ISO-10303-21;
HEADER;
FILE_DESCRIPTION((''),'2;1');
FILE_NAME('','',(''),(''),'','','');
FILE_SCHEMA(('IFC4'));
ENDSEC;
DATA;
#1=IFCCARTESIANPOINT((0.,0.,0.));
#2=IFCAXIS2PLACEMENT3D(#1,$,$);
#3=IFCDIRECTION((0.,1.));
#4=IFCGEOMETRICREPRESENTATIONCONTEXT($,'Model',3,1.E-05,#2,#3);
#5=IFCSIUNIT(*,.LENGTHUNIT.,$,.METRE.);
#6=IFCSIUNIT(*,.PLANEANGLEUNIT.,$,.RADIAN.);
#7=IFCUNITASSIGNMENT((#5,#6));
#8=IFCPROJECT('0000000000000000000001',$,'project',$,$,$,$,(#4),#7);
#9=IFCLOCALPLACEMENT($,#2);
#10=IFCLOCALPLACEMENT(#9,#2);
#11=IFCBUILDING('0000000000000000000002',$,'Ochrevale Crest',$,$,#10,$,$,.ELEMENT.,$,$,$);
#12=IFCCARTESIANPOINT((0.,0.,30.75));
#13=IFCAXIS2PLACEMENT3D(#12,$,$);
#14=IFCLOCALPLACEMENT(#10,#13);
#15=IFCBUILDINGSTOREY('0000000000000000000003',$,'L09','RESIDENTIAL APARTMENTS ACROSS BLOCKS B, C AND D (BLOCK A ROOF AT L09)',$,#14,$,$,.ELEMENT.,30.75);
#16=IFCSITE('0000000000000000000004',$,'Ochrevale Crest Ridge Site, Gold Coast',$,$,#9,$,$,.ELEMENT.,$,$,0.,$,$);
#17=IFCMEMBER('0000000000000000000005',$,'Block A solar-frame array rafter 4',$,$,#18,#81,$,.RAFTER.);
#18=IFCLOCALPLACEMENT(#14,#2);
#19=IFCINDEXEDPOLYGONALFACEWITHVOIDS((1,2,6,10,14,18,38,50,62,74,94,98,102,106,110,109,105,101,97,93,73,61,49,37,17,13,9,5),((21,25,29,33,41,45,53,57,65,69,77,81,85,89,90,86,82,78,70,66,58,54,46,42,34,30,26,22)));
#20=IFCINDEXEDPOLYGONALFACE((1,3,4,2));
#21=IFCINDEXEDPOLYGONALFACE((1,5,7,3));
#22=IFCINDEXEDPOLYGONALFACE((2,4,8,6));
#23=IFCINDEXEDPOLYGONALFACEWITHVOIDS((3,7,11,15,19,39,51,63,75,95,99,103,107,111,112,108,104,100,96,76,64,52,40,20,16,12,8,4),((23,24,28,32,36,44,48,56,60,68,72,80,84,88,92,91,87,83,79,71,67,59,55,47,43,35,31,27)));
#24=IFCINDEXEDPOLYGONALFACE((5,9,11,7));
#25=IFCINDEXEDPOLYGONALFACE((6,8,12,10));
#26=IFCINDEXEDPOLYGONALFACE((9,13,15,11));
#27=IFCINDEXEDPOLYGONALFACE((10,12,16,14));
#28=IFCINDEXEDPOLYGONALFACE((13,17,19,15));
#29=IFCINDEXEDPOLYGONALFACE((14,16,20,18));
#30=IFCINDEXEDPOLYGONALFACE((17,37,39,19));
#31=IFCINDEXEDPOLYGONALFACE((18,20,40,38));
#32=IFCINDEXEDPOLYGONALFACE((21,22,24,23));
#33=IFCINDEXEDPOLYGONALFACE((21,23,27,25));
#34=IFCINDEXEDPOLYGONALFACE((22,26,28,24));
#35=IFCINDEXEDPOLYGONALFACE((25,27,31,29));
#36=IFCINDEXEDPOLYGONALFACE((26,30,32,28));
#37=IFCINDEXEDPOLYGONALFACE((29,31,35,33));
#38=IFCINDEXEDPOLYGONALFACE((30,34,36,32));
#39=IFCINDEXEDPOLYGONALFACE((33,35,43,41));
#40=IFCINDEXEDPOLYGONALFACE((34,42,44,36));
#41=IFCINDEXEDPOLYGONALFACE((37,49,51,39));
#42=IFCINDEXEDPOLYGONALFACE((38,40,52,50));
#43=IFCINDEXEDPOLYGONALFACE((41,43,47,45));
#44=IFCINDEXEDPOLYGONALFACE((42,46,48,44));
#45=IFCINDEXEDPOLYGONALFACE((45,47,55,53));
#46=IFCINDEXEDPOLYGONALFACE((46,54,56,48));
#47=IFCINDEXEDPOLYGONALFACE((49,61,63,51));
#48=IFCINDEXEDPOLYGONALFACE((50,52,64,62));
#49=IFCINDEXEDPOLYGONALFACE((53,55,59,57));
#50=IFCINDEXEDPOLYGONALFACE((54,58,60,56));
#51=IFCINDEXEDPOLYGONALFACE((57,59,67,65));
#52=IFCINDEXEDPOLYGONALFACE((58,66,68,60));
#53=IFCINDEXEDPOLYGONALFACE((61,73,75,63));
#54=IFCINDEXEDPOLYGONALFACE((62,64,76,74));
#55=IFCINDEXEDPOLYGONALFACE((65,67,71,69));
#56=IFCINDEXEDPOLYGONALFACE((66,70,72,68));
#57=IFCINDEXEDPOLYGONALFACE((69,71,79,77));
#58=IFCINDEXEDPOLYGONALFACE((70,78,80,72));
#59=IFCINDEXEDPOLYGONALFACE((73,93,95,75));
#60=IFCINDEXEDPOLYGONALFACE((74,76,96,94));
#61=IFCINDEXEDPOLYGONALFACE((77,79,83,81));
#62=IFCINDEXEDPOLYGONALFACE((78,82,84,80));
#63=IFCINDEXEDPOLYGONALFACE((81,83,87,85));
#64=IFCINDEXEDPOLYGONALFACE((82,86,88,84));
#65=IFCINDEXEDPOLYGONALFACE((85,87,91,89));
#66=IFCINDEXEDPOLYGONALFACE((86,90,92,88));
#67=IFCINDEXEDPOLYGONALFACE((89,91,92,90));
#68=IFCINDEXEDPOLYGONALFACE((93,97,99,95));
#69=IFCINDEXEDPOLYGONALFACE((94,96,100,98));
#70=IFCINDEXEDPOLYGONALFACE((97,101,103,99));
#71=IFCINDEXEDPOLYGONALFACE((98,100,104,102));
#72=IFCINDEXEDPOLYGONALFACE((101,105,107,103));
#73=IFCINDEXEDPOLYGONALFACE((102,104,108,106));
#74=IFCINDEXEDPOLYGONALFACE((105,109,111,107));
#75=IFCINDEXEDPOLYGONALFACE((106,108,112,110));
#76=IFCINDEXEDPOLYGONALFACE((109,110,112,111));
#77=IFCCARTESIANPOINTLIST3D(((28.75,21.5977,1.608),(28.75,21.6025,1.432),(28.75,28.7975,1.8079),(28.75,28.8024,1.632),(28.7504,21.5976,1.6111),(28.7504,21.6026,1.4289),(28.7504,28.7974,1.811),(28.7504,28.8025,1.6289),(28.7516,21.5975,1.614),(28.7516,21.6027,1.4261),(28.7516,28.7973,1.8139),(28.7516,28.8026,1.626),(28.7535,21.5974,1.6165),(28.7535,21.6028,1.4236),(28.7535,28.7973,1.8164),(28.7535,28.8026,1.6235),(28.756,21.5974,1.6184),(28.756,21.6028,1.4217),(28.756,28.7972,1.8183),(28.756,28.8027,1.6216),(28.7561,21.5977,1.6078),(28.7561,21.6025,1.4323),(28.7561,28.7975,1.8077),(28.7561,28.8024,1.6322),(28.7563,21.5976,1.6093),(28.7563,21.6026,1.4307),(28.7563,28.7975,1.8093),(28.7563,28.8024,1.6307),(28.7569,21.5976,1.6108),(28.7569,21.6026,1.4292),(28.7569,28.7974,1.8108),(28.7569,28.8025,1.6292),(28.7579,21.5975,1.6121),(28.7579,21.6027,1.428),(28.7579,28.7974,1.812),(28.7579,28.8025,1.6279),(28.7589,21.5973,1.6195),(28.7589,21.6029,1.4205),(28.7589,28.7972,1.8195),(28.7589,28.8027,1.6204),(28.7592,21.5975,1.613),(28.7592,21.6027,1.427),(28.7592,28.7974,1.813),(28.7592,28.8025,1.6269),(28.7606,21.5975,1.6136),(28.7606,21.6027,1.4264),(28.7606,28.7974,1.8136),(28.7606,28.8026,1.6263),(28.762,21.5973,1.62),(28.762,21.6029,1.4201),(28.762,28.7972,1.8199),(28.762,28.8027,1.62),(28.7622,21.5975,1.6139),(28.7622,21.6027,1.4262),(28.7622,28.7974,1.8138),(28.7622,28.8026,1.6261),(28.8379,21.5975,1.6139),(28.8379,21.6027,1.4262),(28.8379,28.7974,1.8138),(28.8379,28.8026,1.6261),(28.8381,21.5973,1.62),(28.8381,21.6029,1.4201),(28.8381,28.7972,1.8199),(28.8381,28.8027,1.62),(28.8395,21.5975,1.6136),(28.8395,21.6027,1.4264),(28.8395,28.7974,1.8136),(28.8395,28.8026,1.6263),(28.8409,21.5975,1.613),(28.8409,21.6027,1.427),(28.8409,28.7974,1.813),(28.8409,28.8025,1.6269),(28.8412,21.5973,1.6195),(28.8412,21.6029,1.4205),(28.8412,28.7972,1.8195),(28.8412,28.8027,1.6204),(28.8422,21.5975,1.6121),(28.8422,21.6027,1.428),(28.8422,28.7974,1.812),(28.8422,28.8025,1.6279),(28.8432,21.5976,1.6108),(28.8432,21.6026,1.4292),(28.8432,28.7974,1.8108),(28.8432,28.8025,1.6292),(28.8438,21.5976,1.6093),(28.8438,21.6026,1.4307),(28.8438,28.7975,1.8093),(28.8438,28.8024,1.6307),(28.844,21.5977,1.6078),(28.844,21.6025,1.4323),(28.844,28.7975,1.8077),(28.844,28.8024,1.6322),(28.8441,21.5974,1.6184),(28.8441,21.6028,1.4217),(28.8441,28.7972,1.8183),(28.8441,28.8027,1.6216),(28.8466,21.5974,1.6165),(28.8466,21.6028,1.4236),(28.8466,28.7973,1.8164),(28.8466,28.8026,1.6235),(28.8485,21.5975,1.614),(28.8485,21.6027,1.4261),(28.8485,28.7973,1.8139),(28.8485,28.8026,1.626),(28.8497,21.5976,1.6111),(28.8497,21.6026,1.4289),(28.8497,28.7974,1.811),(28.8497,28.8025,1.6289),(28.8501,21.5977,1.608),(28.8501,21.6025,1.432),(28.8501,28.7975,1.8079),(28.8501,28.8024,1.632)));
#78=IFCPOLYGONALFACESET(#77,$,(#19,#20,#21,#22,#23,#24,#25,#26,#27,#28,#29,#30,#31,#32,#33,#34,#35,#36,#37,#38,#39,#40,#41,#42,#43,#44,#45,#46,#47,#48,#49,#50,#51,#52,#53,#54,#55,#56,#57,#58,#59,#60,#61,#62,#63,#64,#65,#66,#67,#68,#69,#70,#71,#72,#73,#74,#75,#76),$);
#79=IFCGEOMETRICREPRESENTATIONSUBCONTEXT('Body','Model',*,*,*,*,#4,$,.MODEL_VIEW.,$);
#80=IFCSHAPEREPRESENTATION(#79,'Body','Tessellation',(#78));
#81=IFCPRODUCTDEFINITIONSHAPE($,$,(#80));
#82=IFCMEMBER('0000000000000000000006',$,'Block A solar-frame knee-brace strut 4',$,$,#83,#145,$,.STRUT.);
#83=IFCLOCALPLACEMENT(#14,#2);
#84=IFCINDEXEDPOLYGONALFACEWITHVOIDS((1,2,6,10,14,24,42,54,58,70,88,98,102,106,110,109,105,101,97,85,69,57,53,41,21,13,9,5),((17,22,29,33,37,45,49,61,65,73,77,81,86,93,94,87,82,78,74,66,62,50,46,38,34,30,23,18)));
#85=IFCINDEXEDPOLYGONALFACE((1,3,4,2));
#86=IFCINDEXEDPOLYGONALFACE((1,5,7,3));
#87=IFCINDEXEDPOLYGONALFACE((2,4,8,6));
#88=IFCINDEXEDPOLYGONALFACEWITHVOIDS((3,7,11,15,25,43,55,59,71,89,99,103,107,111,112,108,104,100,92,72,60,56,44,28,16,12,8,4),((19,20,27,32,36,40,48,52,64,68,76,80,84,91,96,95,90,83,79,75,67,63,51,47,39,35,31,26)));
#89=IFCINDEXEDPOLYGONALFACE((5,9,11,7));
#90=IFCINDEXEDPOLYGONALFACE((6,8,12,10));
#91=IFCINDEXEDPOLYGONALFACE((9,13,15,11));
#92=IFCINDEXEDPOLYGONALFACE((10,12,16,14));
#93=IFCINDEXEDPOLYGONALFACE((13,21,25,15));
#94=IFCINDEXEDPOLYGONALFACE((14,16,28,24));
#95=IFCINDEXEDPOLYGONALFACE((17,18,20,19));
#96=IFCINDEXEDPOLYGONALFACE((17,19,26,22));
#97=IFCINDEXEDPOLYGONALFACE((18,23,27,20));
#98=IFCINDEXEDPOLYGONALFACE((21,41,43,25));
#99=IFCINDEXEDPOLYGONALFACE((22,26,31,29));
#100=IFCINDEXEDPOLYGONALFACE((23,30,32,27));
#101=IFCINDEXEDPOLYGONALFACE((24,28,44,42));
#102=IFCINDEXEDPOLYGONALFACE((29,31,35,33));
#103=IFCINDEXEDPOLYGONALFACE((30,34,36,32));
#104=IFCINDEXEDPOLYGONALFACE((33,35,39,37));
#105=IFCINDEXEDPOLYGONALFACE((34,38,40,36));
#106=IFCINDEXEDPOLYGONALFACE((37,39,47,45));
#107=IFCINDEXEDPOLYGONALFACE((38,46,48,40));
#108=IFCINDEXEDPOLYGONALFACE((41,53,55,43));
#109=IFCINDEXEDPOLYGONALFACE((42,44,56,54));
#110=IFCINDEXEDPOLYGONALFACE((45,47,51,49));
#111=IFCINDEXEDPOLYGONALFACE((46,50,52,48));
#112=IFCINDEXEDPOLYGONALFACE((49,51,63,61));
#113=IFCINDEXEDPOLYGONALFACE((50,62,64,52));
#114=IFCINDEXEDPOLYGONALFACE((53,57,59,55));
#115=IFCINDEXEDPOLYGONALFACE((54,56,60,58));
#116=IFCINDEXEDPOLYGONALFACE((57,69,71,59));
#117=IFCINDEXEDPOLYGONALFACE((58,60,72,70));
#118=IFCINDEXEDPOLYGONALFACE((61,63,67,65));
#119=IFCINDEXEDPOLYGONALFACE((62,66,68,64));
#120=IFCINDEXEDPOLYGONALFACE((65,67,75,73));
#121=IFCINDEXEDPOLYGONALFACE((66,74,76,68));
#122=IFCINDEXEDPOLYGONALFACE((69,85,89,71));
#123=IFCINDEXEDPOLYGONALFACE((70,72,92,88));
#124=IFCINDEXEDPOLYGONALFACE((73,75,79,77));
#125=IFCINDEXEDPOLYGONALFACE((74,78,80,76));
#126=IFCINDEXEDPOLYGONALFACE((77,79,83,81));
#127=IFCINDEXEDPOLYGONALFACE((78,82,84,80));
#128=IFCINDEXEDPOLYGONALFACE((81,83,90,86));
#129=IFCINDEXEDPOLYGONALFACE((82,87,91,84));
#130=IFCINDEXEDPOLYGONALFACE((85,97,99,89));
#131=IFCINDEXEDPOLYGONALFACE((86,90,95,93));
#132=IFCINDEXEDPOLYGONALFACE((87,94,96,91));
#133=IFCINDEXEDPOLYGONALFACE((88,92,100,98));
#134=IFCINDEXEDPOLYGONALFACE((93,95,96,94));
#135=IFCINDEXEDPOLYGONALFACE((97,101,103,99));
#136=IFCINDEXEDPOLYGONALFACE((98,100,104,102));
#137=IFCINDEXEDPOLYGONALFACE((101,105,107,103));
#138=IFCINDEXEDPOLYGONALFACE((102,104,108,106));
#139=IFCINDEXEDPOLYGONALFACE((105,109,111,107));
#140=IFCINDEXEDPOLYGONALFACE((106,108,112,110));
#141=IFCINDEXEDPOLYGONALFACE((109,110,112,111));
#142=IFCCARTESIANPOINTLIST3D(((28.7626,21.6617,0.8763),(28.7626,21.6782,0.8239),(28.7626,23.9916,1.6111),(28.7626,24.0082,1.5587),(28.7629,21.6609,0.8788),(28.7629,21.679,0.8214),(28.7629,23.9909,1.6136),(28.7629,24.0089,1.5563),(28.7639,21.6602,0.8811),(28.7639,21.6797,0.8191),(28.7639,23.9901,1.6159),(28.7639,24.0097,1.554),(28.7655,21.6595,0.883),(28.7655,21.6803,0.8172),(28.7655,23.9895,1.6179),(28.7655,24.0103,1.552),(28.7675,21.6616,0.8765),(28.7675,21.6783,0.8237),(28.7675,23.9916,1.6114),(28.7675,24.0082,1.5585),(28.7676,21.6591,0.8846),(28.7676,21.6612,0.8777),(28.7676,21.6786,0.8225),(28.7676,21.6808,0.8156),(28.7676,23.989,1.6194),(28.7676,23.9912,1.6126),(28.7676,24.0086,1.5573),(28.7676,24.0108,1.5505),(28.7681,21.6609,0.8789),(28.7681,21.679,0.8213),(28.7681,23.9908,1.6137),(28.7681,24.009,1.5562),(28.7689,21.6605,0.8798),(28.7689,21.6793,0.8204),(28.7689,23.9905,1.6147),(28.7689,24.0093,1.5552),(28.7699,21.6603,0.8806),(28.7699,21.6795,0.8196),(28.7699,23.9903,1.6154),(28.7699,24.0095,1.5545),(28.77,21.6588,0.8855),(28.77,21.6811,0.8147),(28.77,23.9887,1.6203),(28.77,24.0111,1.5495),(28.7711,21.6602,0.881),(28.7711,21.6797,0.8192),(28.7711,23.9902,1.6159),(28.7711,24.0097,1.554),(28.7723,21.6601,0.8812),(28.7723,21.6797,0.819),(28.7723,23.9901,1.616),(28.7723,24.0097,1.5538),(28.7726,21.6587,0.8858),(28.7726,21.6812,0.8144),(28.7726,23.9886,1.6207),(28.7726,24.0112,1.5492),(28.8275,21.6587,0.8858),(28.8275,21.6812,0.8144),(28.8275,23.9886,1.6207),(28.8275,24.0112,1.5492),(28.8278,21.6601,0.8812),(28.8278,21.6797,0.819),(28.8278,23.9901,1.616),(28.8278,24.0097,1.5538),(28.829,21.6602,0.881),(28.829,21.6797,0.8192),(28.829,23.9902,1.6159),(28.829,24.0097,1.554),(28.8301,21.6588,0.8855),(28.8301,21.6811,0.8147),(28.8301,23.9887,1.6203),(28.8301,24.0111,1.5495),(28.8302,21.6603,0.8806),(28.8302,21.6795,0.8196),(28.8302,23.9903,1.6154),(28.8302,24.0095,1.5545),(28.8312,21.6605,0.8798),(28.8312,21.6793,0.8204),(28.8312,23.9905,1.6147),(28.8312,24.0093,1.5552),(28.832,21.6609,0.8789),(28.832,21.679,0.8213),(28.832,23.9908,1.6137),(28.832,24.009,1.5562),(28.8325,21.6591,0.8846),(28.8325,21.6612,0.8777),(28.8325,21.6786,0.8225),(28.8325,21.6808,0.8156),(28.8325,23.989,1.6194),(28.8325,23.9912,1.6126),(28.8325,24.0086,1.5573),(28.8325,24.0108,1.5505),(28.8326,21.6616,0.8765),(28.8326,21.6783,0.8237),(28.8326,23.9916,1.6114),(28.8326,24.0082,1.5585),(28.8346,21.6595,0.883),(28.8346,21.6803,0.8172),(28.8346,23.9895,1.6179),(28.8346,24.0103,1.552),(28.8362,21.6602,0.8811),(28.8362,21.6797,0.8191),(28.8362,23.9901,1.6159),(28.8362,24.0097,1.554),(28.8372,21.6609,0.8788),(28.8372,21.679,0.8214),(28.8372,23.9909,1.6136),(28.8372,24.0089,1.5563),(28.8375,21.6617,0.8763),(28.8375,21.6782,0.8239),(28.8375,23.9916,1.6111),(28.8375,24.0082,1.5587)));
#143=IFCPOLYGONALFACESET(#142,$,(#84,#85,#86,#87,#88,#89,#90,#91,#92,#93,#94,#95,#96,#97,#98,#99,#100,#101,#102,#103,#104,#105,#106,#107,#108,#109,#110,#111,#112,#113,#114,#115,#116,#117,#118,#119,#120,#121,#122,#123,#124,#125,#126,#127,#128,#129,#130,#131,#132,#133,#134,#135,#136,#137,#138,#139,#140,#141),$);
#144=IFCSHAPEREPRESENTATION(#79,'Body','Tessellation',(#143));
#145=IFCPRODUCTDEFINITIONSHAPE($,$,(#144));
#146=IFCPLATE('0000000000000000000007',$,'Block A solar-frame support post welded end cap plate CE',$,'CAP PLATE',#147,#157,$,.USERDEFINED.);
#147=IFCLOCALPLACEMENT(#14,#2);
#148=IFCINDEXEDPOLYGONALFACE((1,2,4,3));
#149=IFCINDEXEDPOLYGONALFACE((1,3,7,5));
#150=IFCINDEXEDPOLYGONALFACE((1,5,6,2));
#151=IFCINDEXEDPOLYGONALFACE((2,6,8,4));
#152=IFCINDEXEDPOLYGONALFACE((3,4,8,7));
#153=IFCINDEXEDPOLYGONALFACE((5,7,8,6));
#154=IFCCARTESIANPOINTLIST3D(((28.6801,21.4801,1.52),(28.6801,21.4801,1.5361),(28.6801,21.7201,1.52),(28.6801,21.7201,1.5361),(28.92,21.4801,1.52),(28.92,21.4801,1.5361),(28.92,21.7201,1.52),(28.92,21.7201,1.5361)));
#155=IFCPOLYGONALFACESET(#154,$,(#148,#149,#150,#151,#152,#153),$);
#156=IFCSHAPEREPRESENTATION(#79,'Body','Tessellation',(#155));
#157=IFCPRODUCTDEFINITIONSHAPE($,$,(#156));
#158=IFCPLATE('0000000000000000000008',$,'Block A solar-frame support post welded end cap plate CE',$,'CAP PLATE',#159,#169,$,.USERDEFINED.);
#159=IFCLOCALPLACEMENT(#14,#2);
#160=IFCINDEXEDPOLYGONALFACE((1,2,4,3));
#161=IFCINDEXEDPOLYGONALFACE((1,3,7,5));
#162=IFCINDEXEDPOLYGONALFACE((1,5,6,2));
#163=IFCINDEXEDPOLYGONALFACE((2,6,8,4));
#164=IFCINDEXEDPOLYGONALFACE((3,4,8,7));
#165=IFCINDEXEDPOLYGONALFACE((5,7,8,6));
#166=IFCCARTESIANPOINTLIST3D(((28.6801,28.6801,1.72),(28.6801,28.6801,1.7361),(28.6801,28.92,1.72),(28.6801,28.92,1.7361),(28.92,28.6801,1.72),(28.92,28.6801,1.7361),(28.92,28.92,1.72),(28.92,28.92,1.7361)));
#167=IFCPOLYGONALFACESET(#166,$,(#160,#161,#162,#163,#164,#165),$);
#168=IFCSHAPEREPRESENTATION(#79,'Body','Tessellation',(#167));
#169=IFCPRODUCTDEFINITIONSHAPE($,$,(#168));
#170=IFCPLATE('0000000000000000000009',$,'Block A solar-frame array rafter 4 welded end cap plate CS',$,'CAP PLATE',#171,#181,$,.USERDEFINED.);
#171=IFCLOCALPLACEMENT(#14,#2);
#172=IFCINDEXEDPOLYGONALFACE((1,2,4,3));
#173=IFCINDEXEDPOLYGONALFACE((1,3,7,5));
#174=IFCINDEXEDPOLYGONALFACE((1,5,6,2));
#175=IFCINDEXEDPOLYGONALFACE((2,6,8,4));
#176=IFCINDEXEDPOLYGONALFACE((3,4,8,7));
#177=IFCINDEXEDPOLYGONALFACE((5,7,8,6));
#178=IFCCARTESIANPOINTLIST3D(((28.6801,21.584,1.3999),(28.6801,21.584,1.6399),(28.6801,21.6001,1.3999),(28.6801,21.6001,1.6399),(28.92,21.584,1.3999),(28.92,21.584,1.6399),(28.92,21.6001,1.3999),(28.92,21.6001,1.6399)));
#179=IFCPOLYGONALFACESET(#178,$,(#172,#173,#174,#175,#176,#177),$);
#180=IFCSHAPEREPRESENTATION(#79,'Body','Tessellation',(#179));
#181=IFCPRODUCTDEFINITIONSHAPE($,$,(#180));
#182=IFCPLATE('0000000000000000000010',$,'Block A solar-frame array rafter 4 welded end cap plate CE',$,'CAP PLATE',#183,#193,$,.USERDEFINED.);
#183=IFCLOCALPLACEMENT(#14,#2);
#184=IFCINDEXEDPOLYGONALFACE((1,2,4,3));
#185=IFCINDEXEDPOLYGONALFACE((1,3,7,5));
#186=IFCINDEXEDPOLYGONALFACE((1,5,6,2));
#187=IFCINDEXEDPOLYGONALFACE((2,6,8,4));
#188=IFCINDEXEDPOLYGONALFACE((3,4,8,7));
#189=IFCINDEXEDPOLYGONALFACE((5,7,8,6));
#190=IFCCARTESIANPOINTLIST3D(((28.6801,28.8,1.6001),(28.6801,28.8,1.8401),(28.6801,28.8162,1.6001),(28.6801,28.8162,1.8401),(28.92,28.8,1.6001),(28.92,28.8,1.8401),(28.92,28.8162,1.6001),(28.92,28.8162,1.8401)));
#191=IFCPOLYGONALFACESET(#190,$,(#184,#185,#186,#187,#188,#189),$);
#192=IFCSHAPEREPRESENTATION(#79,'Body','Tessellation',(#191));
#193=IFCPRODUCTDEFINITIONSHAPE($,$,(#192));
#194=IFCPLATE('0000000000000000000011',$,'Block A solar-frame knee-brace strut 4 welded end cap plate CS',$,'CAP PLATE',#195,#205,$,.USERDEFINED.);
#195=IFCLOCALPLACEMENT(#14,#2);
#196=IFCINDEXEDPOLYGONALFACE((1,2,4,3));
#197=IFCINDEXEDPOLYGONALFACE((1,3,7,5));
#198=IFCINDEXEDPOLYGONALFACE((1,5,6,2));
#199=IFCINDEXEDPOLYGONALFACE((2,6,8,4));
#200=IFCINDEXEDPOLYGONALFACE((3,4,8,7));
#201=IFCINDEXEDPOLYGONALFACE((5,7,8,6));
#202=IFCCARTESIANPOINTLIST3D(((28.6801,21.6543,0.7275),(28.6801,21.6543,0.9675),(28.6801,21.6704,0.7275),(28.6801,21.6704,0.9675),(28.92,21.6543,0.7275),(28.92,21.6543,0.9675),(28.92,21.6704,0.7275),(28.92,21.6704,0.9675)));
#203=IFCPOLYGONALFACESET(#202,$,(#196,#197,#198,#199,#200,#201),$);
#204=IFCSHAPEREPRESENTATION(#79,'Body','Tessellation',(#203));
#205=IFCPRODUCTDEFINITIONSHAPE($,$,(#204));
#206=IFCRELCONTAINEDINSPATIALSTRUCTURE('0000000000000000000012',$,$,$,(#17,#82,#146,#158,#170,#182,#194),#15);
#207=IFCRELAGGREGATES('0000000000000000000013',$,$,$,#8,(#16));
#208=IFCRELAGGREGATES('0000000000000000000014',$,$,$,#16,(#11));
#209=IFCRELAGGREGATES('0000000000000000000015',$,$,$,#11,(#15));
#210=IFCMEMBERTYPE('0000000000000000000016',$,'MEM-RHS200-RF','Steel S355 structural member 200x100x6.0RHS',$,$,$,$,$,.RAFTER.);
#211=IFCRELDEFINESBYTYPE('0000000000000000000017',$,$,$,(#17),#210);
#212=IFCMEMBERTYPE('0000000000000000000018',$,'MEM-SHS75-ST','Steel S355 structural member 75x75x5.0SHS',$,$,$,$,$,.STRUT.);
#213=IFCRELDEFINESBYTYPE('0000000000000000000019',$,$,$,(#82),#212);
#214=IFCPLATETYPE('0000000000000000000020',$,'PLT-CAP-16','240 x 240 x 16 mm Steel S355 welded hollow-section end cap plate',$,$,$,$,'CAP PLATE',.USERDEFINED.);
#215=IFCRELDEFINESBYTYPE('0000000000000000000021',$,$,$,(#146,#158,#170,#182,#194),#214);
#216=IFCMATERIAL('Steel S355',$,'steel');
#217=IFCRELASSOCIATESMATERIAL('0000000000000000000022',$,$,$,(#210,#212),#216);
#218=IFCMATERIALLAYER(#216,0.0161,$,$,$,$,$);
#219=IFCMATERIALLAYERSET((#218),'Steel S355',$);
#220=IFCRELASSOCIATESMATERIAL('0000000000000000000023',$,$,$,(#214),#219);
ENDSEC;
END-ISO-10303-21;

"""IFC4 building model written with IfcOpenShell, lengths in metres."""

from ifc_helpers import new_model, si_unit, direction, frame, origin, origin_2d, place, context, subcontext, project, spatial, rectangle, hollow_rectangle, extrude, material, layer, layer_set, material_profile, profile_set, type_object, element, save


model = new_model("IFC4")

# Units and contexts
model_context = context("Model", 3, precision=1e-05, world=origin(), true_north=direction((0.0, 1.0)))
body_context = subcontext(model_context, "Body", "Model", "MODEL_VIEW")
ifc_project = project(units=[si_unit("LENGTHUNIT", "METRE"), si_unit("PLANEANGLEUNIT", "RADIAN")], contexts=[model_context])

# Site, building, storey
site_placement = place(None, origin())
site = spatial("IfcSite", under=ifc_project, at=site_placement, Name="Ochrevale Crest Ridge Site, Gold Coast", CompositionType="ELEMENT", RefElevation=0.0)
building_placement = place(site_placement, origin())
building = spatial("IfcBuilding", under=site, at=building_placement, Name="Ochrevale Crest", CompositionType="ELEMENT")
storey_placement = place(building_placement, frame((0.0, 0.0, 30.75)))
storey = spatial("IfcBuildingStorey", under=building, at=storey_placement, Name="L09", Description="RESIDENTIAL APARTMENTS ACROSS BLOCKS B, C AND D (BLOCK A ROOF AT L09)", CompositionType="ELEMENT", Elevation=30.75)

# Shared definitions
ifc_material_1 = material(Name="Steel S355", Category="steel")

# Members
ifc_material_profile_1 = material_profile(ifc_material_1, hollow_rectangle(XDim=0.1001, YDim=0.2, WallThickness=0.0061, InnerFilletRadius=0.0061, OuterFilletRadius=0.012, at=origin_2d()), Name="200x100x6.0RHS")
ifc_profile_set_1 = profile_set([ifc_material_profile_1], Name="Steel S355")
member_type_1 = type_object("IfcMemberType", Name="MEM-RHS200-RF", Description="Steel S355 structural member 200x100x6.0RHS", PredefinedType="RAFTER", material=ifc_profile_set_1)
member_1_placement = place(storey_placement, frame((28.8, 21.6001, 1.52), z_axis=(0.0, 0.999615, 0.02776), x_axis=(-1.0, 0.0, 0.0)))
element("IfcMember", 1, at=member_1_placement, inside=storey, type_object=member_type_1, Name="Block A solar-frame array rafter 4", PredefinedType="RAFTER", context=body_context, shape_type="SweptSolid", body=[
    extrude(hollow_rectangle(XDim=0.1001, YDim=0.2, WallThickness=0.0061, InnerFilletRadius=0.0061, OuterFilletRadius=0.012, at=origin_2d()), origin(), (0.0, 0.0, 1.0), 7.2026),
])
ifc_material_profile_2 = material_profile(ifc_material_1, hollow_rectangle(XDim=0.075, YDim=0.075, WallThickness=0.0049, InnerFilletRadius=0.0049, OuterFilletRadius=0.01, at=origin_2d()), Name="75x75x5.0SHS")
ifc_profile_set_2 = profile_set([ifc_material_profile_2], Name="Steel S355")
member_type_2 = type_object("IfcMemberType", Name="MEM-SHS75-ST", Description="Steel S355 structural member 75x75x5.0SHS", PredefinedType="STRUT", material=ifc_profile_set_2)
member_2_placement = place(storey_placement, frame((28.8, 21.6699, 0.8501), z_axis=(0.0, 0.953694, 0.300777), x_axis=(-1.0, 0.0, 0.0)))
element("IfcMember", 2, at=member_2_placement, inside=storey, type_object=member_type_2, Name="Block A solar-frame knee-brace strut 4", PredefinedType="STRUT", context=body_context, shape_type="SweptSolid", body=[
    extrude(hollow_rectangle(XDim=0.075, YDim=0.075, WallThickness=0.0049, InnerFilletRadius=0.0049, OuterFilletRadius=0.01, at=origin_2d()), origin(), (0.0, 0.0, 1.0), 2.4431),
])

# Plates
ifc_layer_1 = layer(ifc_material_1, 0.0161)
ifc_layer_set_1 = layer_set([ifc_layer_1], Name="Steel S355")
plate_type_1 = type_object("IfcPlateType", Name="PLT-CAP-16", Description="240 x 240 x 16 mm Steel S355 welded hollow-section end cap plate", ElementType="CAP PLATE", PredefinedType="USERDEFINED", material=ifc_layer_set_1)
for number, where, z_axis, x_axis, name in (
    (3, (28.8, 21.6001, 1.52), (0.0, 0.0, 1.0), (1.0, 0.0, 0.0), "Block A solar-frame support post welded end cap plate CE"),
    (4, (28.8, 28.8, 1.72), (0.0, 0.0, 1.0), (1.0, 0.0, 0.0), "Block A solar-frame support post welded end cap plate CE"),
):
    element("IfcPlate", number, at=place(storey_placement, frame(where, z_axis=z_axis, x_axis=x_axis)), inside=storey, type_object=plate_type_1, Name=name, ObjectType="CAP PLATE", PredefinedType="USERDEFINED", context=body_context, shape_type="SweptSolid", body=[
        extrude(rectangle(XDim=0.24, YDim=0.24, at=origin_2d()), origin(), (0.0, 0.0, 1.0), 0.0161),
    ])
for number, where, z_axis, x_axis, name in (
    (5, (28.8, 21.592, 1.3999), (0.0, 0.0, 1.0), (0.0, 1.0, 0.0), "Block A solar-frame array rafter 4 welded end cap plate CS"),
    (6, (28.8, 28.8081, 1.6001), (0.0, 0.0, 1.0), (0.0, 1.0, 0.0), "Block A solar-frame array rafter 4 welded end cap plate CE"),
    (7, (28.8, 21.6624, 0.7275), (0.0, 0.0, 1.0), (0.0, 1.0, 0.0), "Block A solar-frame knee-brace strut 4 welded end cap plate CS"),
):
    element("IfcPlate", number, at=place(storey_placement, frame(where, z_axis=z_axis, x_axis=x_axis)), inside=storey, type_object=plate_type_1, Name=name, ObjectType="CAP PLATE", PredefinedType="USERDEFINED", context=body_context, shape_type="SweptSolid", body=[
        extrude(rectangle(XDim=0.0161, YDim=0.24, at=origin_2d()), origin(), (0.0, 0.0, 1.0), 0.24),
    ])

save(model, "model.ifc")
